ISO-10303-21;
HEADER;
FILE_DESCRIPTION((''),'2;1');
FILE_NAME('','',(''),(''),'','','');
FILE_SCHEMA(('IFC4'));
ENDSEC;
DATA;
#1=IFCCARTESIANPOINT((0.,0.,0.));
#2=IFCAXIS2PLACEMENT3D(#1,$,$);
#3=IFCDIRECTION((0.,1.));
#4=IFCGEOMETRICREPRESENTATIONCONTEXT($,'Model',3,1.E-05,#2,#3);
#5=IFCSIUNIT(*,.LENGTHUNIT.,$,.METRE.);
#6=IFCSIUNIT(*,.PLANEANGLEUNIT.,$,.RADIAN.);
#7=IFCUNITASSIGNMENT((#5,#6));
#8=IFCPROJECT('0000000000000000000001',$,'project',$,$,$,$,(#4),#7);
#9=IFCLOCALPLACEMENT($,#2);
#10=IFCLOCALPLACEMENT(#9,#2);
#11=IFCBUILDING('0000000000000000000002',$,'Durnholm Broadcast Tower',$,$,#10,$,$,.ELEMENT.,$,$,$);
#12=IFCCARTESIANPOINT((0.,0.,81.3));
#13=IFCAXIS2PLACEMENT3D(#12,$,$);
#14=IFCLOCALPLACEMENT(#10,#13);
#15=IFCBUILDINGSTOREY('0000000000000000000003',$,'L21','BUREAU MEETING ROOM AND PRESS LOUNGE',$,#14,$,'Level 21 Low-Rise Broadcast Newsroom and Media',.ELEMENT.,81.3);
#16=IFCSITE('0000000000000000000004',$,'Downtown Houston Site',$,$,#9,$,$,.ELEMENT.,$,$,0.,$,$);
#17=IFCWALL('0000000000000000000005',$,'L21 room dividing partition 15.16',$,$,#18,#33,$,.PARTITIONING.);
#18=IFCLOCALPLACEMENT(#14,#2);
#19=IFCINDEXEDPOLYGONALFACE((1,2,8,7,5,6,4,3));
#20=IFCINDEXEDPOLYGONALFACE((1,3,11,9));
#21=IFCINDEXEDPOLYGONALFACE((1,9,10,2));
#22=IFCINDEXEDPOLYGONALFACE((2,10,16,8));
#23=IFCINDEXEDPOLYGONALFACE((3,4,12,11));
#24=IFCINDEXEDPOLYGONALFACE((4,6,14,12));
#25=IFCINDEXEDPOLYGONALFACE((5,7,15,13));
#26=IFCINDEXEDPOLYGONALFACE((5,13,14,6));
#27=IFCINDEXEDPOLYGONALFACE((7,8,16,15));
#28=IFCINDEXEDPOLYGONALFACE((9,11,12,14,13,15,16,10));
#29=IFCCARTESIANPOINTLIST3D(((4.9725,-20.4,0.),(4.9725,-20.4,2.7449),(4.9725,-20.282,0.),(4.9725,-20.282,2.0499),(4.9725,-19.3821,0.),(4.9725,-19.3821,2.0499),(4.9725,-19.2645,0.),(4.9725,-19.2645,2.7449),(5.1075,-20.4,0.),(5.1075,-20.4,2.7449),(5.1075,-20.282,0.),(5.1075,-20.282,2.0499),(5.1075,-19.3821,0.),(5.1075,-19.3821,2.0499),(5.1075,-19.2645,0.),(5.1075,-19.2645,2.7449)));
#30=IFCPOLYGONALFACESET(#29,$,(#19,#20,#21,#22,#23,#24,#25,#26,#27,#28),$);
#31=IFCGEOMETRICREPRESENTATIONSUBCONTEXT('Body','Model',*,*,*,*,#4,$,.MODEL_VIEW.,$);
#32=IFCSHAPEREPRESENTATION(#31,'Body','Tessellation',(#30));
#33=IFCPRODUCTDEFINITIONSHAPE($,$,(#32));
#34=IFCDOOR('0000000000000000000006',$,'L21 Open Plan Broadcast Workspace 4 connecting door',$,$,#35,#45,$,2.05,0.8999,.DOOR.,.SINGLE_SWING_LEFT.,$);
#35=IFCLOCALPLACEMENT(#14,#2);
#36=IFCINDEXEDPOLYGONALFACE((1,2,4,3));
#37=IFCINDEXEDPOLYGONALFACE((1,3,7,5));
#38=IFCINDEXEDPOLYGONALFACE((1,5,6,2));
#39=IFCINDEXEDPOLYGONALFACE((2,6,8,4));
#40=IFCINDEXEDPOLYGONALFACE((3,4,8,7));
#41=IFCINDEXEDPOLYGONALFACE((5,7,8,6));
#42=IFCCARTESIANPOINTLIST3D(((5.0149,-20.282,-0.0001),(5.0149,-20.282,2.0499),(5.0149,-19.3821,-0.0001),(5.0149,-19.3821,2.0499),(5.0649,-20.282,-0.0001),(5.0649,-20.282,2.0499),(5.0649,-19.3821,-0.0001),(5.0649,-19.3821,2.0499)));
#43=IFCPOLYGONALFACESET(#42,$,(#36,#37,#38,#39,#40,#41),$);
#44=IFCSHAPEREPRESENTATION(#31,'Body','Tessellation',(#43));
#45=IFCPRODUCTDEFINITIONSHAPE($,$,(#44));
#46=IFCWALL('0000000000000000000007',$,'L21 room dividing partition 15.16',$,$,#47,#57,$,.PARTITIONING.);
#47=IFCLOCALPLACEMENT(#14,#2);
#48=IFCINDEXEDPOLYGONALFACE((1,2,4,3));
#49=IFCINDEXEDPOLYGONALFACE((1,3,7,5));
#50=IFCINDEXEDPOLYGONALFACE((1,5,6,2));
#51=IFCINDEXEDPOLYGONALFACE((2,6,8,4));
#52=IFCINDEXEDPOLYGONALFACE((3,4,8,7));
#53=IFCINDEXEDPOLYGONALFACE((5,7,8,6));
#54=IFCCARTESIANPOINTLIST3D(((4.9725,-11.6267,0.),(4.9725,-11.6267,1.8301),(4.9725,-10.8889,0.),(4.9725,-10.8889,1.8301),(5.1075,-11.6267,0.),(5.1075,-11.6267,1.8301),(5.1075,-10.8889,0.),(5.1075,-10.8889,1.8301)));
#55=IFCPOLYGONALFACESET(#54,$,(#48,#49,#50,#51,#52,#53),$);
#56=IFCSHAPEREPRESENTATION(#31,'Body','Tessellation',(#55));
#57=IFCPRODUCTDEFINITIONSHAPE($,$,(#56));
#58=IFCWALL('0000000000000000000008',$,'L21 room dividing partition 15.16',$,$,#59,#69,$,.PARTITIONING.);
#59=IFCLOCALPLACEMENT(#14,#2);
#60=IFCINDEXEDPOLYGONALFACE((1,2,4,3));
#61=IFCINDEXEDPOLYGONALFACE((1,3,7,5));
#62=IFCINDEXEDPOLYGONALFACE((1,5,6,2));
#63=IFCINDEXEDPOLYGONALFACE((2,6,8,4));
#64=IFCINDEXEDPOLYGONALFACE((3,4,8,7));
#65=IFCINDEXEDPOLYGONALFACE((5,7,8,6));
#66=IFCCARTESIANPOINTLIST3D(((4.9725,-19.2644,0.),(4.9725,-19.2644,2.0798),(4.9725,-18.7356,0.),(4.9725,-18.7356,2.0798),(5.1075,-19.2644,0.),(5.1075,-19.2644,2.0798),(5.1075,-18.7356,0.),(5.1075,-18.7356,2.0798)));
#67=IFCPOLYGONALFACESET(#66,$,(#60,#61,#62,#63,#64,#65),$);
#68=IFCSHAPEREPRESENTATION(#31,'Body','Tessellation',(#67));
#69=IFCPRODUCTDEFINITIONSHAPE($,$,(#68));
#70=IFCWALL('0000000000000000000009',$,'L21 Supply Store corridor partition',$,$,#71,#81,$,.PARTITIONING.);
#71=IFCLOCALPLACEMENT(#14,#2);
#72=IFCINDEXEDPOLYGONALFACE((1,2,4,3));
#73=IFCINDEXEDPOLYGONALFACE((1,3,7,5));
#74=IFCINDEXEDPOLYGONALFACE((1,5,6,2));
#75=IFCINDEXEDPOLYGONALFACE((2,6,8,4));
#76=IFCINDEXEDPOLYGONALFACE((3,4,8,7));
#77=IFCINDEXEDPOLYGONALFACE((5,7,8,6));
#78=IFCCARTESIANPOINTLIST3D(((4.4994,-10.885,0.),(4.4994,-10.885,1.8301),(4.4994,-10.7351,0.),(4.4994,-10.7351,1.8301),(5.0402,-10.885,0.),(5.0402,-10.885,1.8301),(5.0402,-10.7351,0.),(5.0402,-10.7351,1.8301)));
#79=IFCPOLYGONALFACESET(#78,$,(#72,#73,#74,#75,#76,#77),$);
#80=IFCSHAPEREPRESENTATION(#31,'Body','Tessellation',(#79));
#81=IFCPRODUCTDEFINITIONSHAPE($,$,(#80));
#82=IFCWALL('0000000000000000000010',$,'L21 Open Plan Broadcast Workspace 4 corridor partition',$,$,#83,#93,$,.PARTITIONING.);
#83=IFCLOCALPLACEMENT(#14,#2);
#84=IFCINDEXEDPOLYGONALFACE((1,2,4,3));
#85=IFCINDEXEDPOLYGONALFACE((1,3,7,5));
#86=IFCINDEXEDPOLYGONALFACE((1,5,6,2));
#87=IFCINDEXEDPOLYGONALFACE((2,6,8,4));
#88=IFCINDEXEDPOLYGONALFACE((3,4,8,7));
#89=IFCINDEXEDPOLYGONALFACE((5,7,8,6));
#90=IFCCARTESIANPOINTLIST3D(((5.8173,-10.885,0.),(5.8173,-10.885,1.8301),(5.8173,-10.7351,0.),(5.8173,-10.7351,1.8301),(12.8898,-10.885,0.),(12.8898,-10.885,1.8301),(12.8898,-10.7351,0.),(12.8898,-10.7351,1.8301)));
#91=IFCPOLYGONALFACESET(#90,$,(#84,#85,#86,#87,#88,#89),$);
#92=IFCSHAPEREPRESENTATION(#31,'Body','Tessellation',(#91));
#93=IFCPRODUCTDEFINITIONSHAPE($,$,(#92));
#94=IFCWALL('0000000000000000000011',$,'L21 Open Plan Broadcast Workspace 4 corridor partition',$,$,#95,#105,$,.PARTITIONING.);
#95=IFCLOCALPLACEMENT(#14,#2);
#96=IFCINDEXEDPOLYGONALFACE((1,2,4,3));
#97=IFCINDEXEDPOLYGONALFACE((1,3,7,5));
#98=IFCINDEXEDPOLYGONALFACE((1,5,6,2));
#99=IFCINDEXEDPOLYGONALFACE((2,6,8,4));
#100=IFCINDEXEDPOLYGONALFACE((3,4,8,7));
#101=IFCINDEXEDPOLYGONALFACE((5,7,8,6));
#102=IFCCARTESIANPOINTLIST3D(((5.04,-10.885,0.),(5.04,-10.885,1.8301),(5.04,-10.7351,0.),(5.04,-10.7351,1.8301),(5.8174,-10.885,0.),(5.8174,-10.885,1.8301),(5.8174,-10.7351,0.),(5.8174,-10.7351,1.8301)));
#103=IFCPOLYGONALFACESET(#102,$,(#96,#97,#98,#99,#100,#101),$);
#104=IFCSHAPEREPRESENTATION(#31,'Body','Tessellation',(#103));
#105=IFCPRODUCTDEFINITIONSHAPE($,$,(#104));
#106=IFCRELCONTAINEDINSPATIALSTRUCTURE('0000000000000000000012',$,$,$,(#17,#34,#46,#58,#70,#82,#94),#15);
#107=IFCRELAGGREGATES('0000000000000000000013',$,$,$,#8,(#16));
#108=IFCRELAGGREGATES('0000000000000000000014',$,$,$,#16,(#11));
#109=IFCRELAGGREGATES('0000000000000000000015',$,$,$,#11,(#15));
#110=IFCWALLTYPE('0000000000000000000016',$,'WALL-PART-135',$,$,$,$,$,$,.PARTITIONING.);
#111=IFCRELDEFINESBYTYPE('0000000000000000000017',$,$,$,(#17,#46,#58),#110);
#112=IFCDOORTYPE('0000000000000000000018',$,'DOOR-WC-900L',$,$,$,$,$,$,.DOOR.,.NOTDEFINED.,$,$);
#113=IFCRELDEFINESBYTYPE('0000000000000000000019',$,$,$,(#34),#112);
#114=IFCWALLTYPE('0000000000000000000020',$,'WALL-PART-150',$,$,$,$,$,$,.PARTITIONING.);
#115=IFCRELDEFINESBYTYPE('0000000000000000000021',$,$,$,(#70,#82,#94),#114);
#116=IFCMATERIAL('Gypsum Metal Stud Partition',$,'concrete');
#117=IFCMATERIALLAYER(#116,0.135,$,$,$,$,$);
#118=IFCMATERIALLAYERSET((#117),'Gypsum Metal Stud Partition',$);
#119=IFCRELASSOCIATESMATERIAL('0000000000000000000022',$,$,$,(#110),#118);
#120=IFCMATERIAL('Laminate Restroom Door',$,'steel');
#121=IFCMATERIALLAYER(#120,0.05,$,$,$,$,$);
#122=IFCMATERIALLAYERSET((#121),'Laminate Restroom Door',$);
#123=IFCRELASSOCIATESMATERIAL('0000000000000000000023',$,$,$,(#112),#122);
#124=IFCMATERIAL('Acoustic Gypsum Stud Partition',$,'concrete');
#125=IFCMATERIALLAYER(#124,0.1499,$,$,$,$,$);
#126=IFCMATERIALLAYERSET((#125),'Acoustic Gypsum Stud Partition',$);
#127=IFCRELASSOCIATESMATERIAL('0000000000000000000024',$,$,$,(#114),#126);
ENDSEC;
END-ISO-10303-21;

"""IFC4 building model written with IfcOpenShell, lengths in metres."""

from ifc_helpers import new_model, si_unit, direction, frame, frame_2d, origin, place, context, subcontext, project, spatial, rectangle, extrude, source, transform, mapped, material, layer, layer_set, type_object, type_shapes, element, fill, save


model = new_model("IFC4")

# Units and contexts
model_context = context("Model", 3, precision=1e-05, world=origin(), true_north=direction((0.0, 1.0)))
body_context = subcontext(model_context, "Body", "Model", "MODEL_VIEW")
ifc_project = project(units=[si_unit("LENGTHUNIT", "METRE"), si_unit("PLANEANGLEUNIT", "RADIAN")], contexts=[model_context])

# Site, building, storey
site_placement = place(None, origin())
site = spatial("IfcSite", under=ifc_project, at=site_placement, Name="Downtown Houston Site", CompositionType="ELEMENT", RefElevation=0.0)
building_placement = place(site_placement, origin())
building = spatial("IfcBuilding", under=site, at=building_placement, Name="Durnholm Broadcast Tower", CompositionType="ELEMENT")
storey_placement = place(building_placement, frame((0.0, 0.0, 81.3)))
storey = spatial("IfcBuildingStorey", under=building, at=storey_placement, Name="L21", Description="BUREAU MEETING ROOM AND PRESS LOUNGE", LongName="Level 21 Low-Rise Broadcast Newsroom and Media", CompositionType="ELEMENT", Elevation=81.3)

# Shared definitions
ifc_material_1 = material(Name="Gypsum Metal Stud Partition", Category="concrete")
ifc_layer_1 = layer(ifc_material_1, 0.135)
ifc_layer_set_1 = layer_set([ifc_layer_1], Name="Gypsum Metal Stud Partition")
wall_type_1 = type_object("IfcWallType", Name="WALL-PART-135", PredefinedType="PARTITIONING", material=ifc_layer_set_1)

# Wall, opening, door
wall_1_placement = place(storey_placement, frame((5.04, -19.2644, 0.0), z_axis=(0.0, 0.0, 1.0), x_axis=(0.0, -1.0, 0.0)))
wall_1 = element("IfcWall", 1, at=wall_1_placement, inside=storey, type_object=wall_type_1, Name="L21 room dividing partition 15.16", PredefinedType="PARTITIONING", context=body_context, shape_type="SweptSolid", body=[
    extrude(rectangle(XDim=1.1355, YDim=0.135, at=frame_2d((0.5679, 0.0))), origin(), (0.0, 0.0, 1.0), 2.7449),
])
opening_placement = place(wall_1_placement, frame((0.1177, 0.0, 0.0)))
opening = element("IfcOpeningElement", 2, at=opening_placement, cuts=wall_1, PredefinedType="OPENING", context=body_context, shape_type="SweptSolid", body=[
    extrude(rectangle(XDim=0.8999, YDim=2.05, at=frame_2d((0.45, 1.0249))), frame((0.0, 0.0776, 0.0), z_axis=(0.0, -1.0, 0.0), x_axis=(1.0, 0.0, 0.0)), (0.0, 0.0, 1.0), 0.155),
])
ifc_material_2 = material(Name="Laminate Restroom Door", Category="steel")
ifc_layer_2 = layer(ifc_material_2, 0.05)
ifc_layer_set_2 = layer_set([ifc_layer_2], Name="Laminate Restroom Door")
door_type = type_object("IfcDoorType", Name="DOOR-WC-900L", OperationType="NOTDEFINED", PredefinedType="DOOR", material=ifc_layer_set_2)
shared_shape_1 = source(origin(), body_context, "Body", "SweptSolid", [
    extrude(rectangle(XDim=0.8999, YDim=2.05, at=frame_2d((0.45, 1.0249))), frame((0.0, 0.0249, 0.0), z_axis=(0.0, -1.0, 0.0), x_axis=(1.0, 0.0, 0.0)), (0.0, 0.0, 1.0), 0.05),
])
type_shapes(door_type, [shared_shape_1])
door_placement = place(opening_placement, origin())
door = element("IfcDoor", 3, at=door_placement, inside=storey, type_object=door_type, Name="L21 Open Plan Broadcast Workspace 4 connecting door", OperationType="SINGLE_SWING_LEFT", OverallHeight=2.05, OverallWidth=0.8999, PredefinedType="DOOR", context=body_context, shape_type="MappedRepresentation", body=[
    mapped(shared_shape_1, transform((0.0, 0.0, 0.0), x_axis=(1.0, 0.0, 0.0), y_axis=(0.0, 1.0, 0.0), z_axis=(0.0, 0.0, 1.0), scale=1.0)),
])
fill(opening, door)

# Walls
wall_2_placement = place(storey_placement, frame((5.04, -10.8889, 0.0), z_axis=(0.0, 0.0, 1.0), x_axis=(0.0, -1.0, 0.0)))
element("IfcWall", 4, at=wall_2_placement, inside=storey, type_object=wall_type_1, Name="L21 room dividing partition 15.16", PredefinedType="PARTITIONING", context=body_context, shape_type="SweptSolid", body=[
    extrude(rectangle(XDim=0.7378, YDim=0.135, at=frame_2d((0.3689, 0.0))), origin(), (0.0, 0.0, 1.0), 1.8301),
])
wall_3_placement = place(storey_placement, frame((5.04, -18.7356, 0.0), z_axis=(0.0, 0.0, 1.0), x_axis=(0.0, -1.0, 0.0)))
element("IfcWall", 5, at=wall_3_placement, inside=storey, type_object=wall_type_1, Name="L21 room dividing partition 15.16", PredefinedType="PARTITIONING", context=body_context, shape_type="SweptSolid", body=[
    extrude(rectangle(XDim=0.5288, YDim=0.135, at=frame_2d((0.2644, 0.0))), origin(), (0.0, 0.0, 1.0), 2.0798),
])
ifc_material_3 = material(Name="Acoustic Gypsum Stud Partition", Category="concrete")
ifc_layer_3 = layer(ifc_material_3, 0.1499)
ifc_layer_set_3 = layer_set([ifc_layer_3], Name="Acoustic Gypsum Stud Partition")
wall_type_2 = type_object("IfcWallType", Name="WALL-PART-150", PredefinedType="PARTITIONING", material=ifc_layer_set_3)
wall_4_placement = place(storey_placement, frame((4.4993, -10.8101, 0.0), z_axis=(0.0, 0.0, 1.0), x_axis=(1.0, 0.0, 0.0)))
element("IfcWall", 6, at=wall_4_placement, inside=storey, type_object=wall_type_2, Name="L21 Supply Store corridor partition", PredefinedType="PARTITIONING", context=body_context, shape_type="SweptSolid", body=[
    extrude(rectangle(XDim=0.5408, YDim=0.1499, at=frame_2d((0.2705, 0.0))), origin(), (0.0, 0.0, 1.0), 1.8301),
])
wall_5_placement = place(storey_placement, frame((5.8174, -10.8101, 0.0), z_axis=(0.0, 0.0, 1.0), x_axis=(1.0, 0.0, 0.0)))
element("IfcWall", 7, at=wall_5_placement, inside=storey, type_object=wall_type_2, Name="L21 Open Plan Broadcast Workspace 4 corridor partition", PredefinedType="PARTITIONING", context=body_context, shape_type="SweptSolid", body=[
    extrude(rectangle(XDim=7.0725, YDim=0.1499, at=frame_2d((3.5361, 0.0))), origin(), (0.0, 0.0, 1.0), 1.8301),
])
wall_6_placement = place(storey_placement, frame((5.04, -10.8101, 0.0), z_axis=(0.0, 0.0, 1.0), x_axis=(1.0, 0.0, 0.0)))
element("IfcWall", 8, at=wall_6_placement, inside=storey, type_object=wall_type_2, Name="L21 Open Plan Broadcast Workspace 4 corridor partition", PredefinedType="PARTITIONING", context=body_context, shape_type="SweptSolid", body=[
    extrude(rectangle(XDim=0.7773, YDim=0.1499, at=frame_2d((0.3887, 0.0))), origin(), (0.0, 0.0, 1.0), 1.8301),
])

save(model, "model.ifc")
